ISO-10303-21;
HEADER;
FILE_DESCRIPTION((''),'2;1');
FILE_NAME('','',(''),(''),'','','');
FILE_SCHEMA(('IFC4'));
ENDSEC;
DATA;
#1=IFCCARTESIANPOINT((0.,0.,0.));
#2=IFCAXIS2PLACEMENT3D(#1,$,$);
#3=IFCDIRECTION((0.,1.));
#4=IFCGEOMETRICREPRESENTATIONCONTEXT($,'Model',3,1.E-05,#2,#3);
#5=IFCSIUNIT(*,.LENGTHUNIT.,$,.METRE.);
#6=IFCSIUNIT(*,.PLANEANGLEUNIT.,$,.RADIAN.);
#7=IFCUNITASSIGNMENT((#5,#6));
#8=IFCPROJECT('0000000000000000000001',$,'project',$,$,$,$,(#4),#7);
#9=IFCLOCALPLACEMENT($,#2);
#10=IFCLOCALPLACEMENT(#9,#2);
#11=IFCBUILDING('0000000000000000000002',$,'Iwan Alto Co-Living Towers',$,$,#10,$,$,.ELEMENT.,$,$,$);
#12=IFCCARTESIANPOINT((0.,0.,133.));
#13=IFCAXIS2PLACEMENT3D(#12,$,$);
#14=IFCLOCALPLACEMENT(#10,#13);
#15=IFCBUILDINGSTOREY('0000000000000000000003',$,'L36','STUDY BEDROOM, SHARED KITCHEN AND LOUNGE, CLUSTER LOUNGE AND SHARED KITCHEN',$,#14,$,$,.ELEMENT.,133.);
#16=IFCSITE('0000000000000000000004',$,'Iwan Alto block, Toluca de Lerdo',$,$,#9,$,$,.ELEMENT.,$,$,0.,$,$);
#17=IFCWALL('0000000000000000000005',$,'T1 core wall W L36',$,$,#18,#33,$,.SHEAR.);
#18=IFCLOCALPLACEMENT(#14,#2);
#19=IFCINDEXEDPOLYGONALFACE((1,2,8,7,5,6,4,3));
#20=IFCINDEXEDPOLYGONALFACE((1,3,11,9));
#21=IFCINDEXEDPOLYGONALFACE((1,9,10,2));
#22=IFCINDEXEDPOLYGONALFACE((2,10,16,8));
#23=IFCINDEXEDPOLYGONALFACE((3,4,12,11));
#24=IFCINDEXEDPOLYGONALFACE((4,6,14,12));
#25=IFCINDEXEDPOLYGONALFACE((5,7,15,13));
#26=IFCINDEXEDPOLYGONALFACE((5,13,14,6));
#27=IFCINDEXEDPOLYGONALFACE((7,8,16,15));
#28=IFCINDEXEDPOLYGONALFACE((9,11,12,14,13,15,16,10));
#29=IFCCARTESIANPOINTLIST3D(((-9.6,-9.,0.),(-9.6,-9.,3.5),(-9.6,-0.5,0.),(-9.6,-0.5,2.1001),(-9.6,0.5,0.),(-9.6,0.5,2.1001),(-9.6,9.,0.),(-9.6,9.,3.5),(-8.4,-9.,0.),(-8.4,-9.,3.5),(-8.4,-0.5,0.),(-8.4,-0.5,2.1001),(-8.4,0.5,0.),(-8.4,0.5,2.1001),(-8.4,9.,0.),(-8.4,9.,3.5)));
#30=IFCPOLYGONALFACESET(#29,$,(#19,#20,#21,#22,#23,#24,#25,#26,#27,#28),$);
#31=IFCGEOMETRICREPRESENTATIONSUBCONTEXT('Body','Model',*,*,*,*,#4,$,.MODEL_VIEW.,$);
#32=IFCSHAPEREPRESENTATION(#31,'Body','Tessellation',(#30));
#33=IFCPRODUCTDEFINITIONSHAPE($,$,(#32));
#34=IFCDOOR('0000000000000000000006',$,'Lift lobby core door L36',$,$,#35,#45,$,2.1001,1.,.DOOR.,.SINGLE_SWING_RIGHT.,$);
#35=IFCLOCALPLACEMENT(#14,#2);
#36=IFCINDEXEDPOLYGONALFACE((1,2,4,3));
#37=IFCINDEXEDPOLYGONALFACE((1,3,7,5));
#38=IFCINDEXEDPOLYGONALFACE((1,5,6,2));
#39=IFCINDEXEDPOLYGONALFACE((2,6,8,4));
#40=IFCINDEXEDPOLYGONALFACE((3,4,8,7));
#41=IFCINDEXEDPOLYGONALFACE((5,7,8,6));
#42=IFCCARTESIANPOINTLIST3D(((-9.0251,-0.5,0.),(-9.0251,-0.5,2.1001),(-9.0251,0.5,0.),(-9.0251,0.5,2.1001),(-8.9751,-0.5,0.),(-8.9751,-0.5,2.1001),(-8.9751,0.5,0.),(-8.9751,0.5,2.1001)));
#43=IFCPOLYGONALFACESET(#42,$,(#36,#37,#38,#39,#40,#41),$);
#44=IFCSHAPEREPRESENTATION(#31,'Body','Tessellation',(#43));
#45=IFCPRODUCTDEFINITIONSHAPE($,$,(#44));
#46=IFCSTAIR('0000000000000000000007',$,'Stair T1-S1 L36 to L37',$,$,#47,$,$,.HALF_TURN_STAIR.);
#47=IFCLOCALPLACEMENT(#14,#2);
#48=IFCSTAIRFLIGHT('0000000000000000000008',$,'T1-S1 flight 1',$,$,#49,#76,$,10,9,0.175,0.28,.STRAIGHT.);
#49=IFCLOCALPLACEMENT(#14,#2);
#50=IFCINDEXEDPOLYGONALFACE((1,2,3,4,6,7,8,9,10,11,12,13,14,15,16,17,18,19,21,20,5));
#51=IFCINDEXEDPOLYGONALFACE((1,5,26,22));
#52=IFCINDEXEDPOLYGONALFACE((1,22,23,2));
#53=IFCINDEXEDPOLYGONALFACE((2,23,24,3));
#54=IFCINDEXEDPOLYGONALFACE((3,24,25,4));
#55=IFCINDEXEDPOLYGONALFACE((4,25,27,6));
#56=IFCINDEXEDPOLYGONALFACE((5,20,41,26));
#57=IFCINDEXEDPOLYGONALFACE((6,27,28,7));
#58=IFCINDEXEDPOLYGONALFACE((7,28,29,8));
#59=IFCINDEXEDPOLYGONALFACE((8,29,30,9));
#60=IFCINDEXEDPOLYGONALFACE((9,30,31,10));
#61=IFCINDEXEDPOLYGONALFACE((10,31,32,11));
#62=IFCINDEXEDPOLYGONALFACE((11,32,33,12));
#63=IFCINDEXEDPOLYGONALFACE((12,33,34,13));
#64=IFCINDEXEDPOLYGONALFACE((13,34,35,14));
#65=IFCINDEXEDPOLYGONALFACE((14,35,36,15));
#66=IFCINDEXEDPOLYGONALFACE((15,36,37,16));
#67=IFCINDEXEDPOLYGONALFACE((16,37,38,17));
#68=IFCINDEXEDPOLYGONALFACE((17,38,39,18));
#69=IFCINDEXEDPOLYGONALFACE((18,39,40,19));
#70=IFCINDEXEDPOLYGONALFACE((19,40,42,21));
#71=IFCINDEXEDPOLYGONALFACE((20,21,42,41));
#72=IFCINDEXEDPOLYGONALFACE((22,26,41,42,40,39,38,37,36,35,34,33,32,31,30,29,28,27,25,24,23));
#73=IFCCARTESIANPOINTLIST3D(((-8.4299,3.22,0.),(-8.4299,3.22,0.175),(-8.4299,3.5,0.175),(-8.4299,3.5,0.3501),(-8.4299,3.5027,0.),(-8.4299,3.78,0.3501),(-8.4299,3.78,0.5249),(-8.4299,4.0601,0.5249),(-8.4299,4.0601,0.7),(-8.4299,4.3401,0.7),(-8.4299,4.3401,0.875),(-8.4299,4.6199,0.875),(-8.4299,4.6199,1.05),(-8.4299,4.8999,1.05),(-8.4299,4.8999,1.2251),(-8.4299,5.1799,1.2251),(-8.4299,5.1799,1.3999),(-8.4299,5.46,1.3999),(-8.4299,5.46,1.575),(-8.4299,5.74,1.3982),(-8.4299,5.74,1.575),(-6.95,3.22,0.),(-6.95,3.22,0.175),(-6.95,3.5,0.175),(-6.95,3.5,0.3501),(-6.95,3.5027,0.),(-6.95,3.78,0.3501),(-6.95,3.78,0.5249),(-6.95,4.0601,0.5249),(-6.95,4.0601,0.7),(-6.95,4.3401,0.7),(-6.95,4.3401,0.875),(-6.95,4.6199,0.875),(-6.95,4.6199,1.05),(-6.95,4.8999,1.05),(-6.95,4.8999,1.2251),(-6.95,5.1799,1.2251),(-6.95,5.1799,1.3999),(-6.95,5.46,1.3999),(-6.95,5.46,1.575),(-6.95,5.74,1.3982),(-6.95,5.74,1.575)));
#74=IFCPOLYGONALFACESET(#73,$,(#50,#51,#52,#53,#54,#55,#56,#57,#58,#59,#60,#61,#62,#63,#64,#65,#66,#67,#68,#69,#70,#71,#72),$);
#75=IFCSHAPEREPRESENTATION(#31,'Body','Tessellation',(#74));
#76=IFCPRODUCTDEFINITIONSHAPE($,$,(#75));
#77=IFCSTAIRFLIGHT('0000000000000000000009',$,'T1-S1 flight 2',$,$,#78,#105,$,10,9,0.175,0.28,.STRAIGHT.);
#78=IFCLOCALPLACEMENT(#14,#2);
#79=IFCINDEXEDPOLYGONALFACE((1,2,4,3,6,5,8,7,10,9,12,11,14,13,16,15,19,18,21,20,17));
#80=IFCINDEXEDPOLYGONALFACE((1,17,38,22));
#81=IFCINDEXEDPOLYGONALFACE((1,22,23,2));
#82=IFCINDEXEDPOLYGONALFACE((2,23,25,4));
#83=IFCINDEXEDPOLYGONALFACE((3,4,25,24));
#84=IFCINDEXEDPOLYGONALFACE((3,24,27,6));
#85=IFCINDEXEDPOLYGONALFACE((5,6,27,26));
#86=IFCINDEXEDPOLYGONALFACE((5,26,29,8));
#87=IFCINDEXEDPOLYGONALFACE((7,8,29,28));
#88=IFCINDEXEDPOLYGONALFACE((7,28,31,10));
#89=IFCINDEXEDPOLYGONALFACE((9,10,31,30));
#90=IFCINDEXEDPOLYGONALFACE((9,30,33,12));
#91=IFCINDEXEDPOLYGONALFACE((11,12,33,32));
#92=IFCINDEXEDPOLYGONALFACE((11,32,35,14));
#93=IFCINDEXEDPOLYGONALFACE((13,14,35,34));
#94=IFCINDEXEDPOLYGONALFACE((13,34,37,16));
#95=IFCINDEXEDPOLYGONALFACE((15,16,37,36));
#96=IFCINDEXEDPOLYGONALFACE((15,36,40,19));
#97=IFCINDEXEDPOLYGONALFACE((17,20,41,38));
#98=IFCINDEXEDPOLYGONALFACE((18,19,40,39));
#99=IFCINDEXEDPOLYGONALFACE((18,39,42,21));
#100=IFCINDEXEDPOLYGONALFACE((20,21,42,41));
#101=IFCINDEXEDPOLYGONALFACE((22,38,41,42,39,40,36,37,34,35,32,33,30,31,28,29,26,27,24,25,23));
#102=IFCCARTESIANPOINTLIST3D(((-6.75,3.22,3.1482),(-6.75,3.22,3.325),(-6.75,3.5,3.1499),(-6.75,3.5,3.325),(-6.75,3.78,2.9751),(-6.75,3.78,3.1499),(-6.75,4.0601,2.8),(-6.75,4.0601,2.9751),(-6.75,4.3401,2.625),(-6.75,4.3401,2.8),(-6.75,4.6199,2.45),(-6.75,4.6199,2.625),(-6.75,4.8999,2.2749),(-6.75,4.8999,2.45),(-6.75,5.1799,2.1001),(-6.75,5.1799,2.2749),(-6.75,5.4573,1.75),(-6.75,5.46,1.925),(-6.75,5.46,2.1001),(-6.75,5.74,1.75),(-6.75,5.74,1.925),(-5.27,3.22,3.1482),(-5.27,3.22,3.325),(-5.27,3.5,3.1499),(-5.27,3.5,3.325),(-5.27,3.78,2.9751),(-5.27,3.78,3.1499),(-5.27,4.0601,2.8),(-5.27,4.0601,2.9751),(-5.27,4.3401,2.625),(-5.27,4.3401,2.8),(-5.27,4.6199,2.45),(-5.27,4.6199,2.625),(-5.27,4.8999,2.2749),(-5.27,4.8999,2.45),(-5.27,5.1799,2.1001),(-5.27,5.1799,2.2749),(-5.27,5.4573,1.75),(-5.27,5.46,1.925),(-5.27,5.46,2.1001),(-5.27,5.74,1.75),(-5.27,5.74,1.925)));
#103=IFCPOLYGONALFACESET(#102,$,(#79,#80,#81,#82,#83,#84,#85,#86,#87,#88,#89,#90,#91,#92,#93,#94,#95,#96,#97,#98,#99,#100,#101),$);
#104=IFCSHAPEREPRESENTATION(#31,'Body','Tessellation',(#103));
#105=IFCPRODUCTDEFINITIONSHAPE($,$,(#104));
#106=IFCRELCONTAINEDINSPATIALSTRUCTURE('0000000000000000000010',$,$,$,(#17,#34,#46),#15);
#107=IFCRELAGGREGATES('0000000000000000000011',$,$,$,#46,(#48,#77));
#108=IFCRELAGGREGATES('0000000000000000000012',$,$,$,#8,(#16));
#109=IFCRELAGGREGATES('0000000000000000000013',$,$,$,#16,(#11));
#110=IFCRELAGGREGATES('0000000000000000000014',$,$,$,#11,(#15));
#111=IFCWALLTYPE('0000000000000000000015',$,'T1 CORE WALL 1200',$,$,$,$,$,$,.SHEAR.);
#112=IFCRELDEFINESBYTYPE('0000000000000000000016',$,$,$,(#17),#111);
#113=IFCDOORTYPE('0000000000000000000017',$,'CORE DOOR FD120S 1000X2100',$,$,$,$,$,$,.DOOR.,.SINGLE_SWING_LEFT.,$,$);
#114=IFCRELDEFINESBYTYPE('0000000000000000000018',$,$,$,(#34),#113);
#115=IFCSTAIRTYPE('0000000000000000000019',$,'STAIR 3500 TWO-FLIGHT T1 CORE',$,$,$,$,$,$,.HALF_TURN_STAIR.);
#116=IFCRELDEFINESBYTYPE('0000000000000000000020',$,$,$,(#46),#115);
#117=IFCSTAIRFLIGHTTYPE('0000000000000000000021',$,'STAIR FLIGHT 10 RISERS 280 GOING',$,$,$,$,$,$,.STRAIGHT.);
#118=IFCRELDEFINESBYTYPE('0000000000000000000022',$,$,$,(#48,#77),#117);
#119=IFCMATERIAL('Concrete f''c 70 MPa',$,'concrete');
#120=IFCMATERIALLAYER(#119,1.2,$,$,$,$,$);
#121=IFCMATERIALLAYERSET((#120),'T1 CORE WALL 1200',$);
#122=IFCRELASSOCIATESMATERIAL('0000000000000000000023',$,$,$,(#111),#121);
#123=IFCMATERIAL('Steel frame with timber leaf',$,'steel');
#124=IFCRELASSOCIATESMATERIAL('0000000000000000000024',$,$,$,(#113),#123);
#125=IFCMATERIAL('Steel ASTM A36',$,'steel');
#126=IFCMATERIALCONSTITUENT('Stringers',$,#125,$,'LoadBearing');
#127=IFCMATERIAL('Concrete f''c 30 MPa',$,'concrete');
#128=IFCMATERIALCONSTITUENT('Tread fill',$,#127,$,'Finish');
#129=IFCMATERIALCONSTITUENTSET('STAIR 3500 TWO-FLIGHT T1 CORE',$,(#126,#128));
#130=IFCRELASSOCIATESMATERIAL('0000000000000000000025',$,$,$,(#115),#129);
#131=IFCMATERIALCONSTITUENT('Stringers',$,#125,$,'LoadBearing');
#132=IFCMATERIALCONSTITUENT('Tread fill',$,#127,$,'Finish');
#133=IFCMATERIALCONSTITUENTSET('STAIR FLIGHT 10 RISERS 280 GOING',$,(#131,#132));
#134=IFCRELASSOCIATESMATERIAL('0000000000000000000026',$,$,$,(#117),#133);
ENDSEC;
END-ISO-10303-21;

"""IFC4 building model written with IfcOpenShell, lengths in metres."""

from ifc_helpers import new_model, si_unit, direction, frame, frame_2d, origin, place, context, subcontext, project, spatial, polyline, rectangle, outline, extrude, material, layer, layer_set, constituent, constituent_set, type_object, element, fill, aggregate, save


model = new_model("IFC4")

# Units and contexts
model_context = context("Model", 3, precision=1e-05, world=origin(), true_north=direction((0.0, 1.0)))
body_context = subcontext(model_context, "Body", "Model", "MODEL_VIEW")
ifc_project = project(units=[si_unit("LENGTHUNIT", "METRE"), si_unit("PLANEANGLEUNIT", "RADIAN")], contexts=[model_context])

# Site, building, storey
site_placement = place(None, origin())
site = spatial("IfcSite", under=ifc_project, at=site_placement, Name="Iwan Alto block, Toluca de Lerdo", CompositionType="ELEMENT", RefElevation=0.0)
building_placement = place(site_placement, origin())
building = spatial("IfcBuilding", under=site, at=building_placement, Name="Iwan Alto Co-Living Towers", CompositionType="ELEMENT")
storey_placement = place(building_placement, frame((0.0, 0.0, 133.0)))
storey = spatial("IfcBuildingStorey", under=building, at=storey_placement, Name="L36", Description="STUDY BEDROOM, SHARED KITCHEN AND LOUNGE, CLUSTER LOUNGE AND SHARED KITCHEN", CompositionType="ELEMENT", Elevation=133.0)

# Wall, opening, door
ifc_material_1 = material(Name="Concrete f'c 70 MPa", Category="concrete")
ifc_layer_1 = layer(ifc_material_1, 1.2)
ifc_layer_set_1 = layer_set([ifc_layer_1], Name="T1 CORE WALL 1200")
wall_type_1 = type_object("IfcWallType", Name="T1 CORE WALL 1200", PredefinedType="SHEAR", material=ifc_layer_set_1)
wall_1_placement = place(storey_placement, frame((-9.0, 9.0, 0.0), z_axis=(0.0, 0.0, 1.0), x_axis=(0.0, -1.0, 0.0)))
wall_1 = element("IfcWall", 1, at=wall_1_placement, inside=storey, type_object=wall_type_1, Name="T1 core wall W L36", PredefinedType="SHEAR", context=body_context, shape_type="SweptSolid", body=[
    extrude(rectangle(XDim=18.0, YDim=1.2, at=frame_2d((9.0, 0.0))), origin(), (0.0, 0.0, 1.0), 3.5),
])
opening_1_placement = place(wall_1_placement, frame((8.5, 0.0, 0.0)))
opening_1 = element("IfcOpeningElement", 2, at=opening_1_placement, cuts=wall_1, PredefinedType="OPENING", context=body_context, shape_type="SweptSolid", body=[
    extrude(rectangle(XDim=1.0, YDim=2.1001, at=frame_2d((0.5, 1.05))), frame((0.0, 0.6099, 0.0), z_axis=(0.0, -1.0, 0.0), x_axis=(1.0, 0.0, 0.0)), (0.0, 0.0, 1.0), 1.22),
])
ifc_material_2 = material(Name="Steel frame with timber leaf", Category="steel")
door_type_1 = type_object("IfcDoorType", Name="CORE DOOR FD120S 1000X2100", OperationType="SINGLE_SWING_LEFT", PredefinedType="DOOR", material=ifc_material_2)
door_1_placement = place(opening_1_placement, origin())
door_1 = element("IfcDoor", 3, at=door_1_placement, inside=storey, type_object=door_type_1, Name="Lift lobby core door L36", OperationType="SINGLE_SWING_RIGHT", OverallHeight=2.1001, OverallWidth=1.0, PredefinedType="DOOR", context=body_context, shape_type="SweptSolid", body=[
    extrude(rectangle(XDim=1.0, YDim=2.1001, at=frame_2d((0.5, 1.05))), frame((0.0, 0.0249, 0.0), z_axis=(0.0, -1.0, 0.0), x_axis=(1.0, 0.0, 0.0)), (0.0, 0.0, 1.0), 0.05),
])
fill(opening_1, door_1)

# Stair, stair flights
ifc_material_3 = material(Name="Steel ASTM A36", Category="steel")
ifc_constituent_1 = constituent(ifc_material_3, Name="Stringers", Category="LoadBearing")
ifc_material_4 = material(Name="Concrete f'c 30 MPa", Category="concrete")
ifc_constituent_2 = constituent(ifc_material_4, Name="Tread fill", Category="Finish")
ifc_constituent_set_1 = constituent_set(constituents=[ifc_constituent_1, ifc_constituent_2], Name="STAIR 3500 TWO-FLIGHT T1 CORE")
stair_type = type_object("IfcStairType", Name="STAIR 3500 TWO-FLIGHT T1 CORE", PredefinedType="HALF_TURN_STAIR", material=ifc_constituent_set_1)
stair_placement = place(storey_placement, origin())
stair = element("IfcStair", 4, at=stair_placement, inside=storey, type_object=stair_type, Name="Stair T1-S1 L36 to L37", PredefinedType="HALF_TURN_STAIR")
ifc_constituent_3 = constituent(ifc_material_3, Name="Stringers", Category="LoadBearing")
ifc_constituent_4 = constituent(ifc_material_4, Name="Tread fill", Category="Finish")
ifc_constituent_set_2 = constituent_set(constituents=[ifc_constituent_3, ifc_constituent_4], Name="STAIR FLIGHT 10 RISERS 280 GOING")
stair_flight_type = type_object("IfcStairFlightType", Name="STAIR FLIGHT 10 RISERS 280 GOING", PredefinedType="STRAIGHT", material=ifc_constituent_set_2)
stair_flight_1_placement = place(storey_placement, frame((-7.6899, 3.22, 0.0), z_axis=(0.0, 0.0, 1.0), x_axis=(0.0, 1.0, 0.0)))
stair_flight_1 = element("IfcStairFlight", 5, at=stair_flight_1_placement, type_object=stair_flight_type, Name="T1-S1 flight 1", NumberOfRisers=10, NumberOfTreads=9, PredefinedType="STRAIGHT", RiserHeight=0.175, TreadLength=0.28, context=body_context, shape_type="SweptSolid", body=[
    extrude(outline(polyline([(0.0, 0.0), (0.0, 0.175), (0.28, 0.175), (0.28, 0.3501), (0.5601, 0.3501), (0.5601, 0.5249), (0.8401, 0.5249), (0.8401, 0.7), (1.1201, 0.7), (1.1201, 0.875), (1.3999, 0.875), (1.3999, 1.05), (1.6799, 1.05), (1.6799, 1.2251), (1.96, 1.2251), (1.96, 1.3999), (2.24, 1.3999), (2.24, 1.575), (2.52, 1.575), (2.52, 1.75), (2.52, 1.3982), (0.2827, 0.0), (0.0, 0.0)])), frame((0.0, 0.74, 0.0), z_axis=(0.0, -1.0, 0.0), x_axis=(1.0, 0.0, 0.0)), (0.0, 0.0, 1.0), 1.48),
])
stair_flight_2_placement = place(storey_placement, frame((-6.01, 5.74, 1.75), z_axis=(0.0, 0.0, 1.0), x_axis=(0.0, -1.0, 0.0)))
stair_flight_2 = element("IfcStairFlight", 6, at=stair_flight_2_placement, type_object=stair_flight_type, Name="T1-S1 flight 2", NumberOfRisers=10, NumberOfTreads=9, PredefinedType="STRAIGHT", RiserHeight=0.175, TreadLength=0.28, context=body_context, shape_type="SweptSolid", body=[
    extrude(outline(polyline([(0.0, 0.0), (0.0, 0.175), (0.28, 0.175), (0.28, 0.3501), (0.5601, 0.3501), (0.5601, 0.5249), (0.8401, 0.5249), (0.8401, 0.7), (1.1201, 0.7), (1.1201, 0.875), (1.3999, 0.875), (1.3999, 1.05), (1.6799, 1.05), (1.6799, 1.2251), (1.96, 1.2251), (1.96, 1.3999), (2.24, 1.3999), (2.24, 1.575), (2.52, 1.575), (2.52, 1.75), (2.52, 1.3982), (0.2827, 0.0), (0.0, 0.0)])), frame((0.0, 0.74, 0.0), z_axis=(0.0, -1.0, 0.0), x_axis=(1.0, 0.0, 0.0)), (0.0, 0.0, 1.0), 1.48),
])
aggregate(stair, [stair_flight_1, stair_flight_2])

save(model, "model.ifc")
